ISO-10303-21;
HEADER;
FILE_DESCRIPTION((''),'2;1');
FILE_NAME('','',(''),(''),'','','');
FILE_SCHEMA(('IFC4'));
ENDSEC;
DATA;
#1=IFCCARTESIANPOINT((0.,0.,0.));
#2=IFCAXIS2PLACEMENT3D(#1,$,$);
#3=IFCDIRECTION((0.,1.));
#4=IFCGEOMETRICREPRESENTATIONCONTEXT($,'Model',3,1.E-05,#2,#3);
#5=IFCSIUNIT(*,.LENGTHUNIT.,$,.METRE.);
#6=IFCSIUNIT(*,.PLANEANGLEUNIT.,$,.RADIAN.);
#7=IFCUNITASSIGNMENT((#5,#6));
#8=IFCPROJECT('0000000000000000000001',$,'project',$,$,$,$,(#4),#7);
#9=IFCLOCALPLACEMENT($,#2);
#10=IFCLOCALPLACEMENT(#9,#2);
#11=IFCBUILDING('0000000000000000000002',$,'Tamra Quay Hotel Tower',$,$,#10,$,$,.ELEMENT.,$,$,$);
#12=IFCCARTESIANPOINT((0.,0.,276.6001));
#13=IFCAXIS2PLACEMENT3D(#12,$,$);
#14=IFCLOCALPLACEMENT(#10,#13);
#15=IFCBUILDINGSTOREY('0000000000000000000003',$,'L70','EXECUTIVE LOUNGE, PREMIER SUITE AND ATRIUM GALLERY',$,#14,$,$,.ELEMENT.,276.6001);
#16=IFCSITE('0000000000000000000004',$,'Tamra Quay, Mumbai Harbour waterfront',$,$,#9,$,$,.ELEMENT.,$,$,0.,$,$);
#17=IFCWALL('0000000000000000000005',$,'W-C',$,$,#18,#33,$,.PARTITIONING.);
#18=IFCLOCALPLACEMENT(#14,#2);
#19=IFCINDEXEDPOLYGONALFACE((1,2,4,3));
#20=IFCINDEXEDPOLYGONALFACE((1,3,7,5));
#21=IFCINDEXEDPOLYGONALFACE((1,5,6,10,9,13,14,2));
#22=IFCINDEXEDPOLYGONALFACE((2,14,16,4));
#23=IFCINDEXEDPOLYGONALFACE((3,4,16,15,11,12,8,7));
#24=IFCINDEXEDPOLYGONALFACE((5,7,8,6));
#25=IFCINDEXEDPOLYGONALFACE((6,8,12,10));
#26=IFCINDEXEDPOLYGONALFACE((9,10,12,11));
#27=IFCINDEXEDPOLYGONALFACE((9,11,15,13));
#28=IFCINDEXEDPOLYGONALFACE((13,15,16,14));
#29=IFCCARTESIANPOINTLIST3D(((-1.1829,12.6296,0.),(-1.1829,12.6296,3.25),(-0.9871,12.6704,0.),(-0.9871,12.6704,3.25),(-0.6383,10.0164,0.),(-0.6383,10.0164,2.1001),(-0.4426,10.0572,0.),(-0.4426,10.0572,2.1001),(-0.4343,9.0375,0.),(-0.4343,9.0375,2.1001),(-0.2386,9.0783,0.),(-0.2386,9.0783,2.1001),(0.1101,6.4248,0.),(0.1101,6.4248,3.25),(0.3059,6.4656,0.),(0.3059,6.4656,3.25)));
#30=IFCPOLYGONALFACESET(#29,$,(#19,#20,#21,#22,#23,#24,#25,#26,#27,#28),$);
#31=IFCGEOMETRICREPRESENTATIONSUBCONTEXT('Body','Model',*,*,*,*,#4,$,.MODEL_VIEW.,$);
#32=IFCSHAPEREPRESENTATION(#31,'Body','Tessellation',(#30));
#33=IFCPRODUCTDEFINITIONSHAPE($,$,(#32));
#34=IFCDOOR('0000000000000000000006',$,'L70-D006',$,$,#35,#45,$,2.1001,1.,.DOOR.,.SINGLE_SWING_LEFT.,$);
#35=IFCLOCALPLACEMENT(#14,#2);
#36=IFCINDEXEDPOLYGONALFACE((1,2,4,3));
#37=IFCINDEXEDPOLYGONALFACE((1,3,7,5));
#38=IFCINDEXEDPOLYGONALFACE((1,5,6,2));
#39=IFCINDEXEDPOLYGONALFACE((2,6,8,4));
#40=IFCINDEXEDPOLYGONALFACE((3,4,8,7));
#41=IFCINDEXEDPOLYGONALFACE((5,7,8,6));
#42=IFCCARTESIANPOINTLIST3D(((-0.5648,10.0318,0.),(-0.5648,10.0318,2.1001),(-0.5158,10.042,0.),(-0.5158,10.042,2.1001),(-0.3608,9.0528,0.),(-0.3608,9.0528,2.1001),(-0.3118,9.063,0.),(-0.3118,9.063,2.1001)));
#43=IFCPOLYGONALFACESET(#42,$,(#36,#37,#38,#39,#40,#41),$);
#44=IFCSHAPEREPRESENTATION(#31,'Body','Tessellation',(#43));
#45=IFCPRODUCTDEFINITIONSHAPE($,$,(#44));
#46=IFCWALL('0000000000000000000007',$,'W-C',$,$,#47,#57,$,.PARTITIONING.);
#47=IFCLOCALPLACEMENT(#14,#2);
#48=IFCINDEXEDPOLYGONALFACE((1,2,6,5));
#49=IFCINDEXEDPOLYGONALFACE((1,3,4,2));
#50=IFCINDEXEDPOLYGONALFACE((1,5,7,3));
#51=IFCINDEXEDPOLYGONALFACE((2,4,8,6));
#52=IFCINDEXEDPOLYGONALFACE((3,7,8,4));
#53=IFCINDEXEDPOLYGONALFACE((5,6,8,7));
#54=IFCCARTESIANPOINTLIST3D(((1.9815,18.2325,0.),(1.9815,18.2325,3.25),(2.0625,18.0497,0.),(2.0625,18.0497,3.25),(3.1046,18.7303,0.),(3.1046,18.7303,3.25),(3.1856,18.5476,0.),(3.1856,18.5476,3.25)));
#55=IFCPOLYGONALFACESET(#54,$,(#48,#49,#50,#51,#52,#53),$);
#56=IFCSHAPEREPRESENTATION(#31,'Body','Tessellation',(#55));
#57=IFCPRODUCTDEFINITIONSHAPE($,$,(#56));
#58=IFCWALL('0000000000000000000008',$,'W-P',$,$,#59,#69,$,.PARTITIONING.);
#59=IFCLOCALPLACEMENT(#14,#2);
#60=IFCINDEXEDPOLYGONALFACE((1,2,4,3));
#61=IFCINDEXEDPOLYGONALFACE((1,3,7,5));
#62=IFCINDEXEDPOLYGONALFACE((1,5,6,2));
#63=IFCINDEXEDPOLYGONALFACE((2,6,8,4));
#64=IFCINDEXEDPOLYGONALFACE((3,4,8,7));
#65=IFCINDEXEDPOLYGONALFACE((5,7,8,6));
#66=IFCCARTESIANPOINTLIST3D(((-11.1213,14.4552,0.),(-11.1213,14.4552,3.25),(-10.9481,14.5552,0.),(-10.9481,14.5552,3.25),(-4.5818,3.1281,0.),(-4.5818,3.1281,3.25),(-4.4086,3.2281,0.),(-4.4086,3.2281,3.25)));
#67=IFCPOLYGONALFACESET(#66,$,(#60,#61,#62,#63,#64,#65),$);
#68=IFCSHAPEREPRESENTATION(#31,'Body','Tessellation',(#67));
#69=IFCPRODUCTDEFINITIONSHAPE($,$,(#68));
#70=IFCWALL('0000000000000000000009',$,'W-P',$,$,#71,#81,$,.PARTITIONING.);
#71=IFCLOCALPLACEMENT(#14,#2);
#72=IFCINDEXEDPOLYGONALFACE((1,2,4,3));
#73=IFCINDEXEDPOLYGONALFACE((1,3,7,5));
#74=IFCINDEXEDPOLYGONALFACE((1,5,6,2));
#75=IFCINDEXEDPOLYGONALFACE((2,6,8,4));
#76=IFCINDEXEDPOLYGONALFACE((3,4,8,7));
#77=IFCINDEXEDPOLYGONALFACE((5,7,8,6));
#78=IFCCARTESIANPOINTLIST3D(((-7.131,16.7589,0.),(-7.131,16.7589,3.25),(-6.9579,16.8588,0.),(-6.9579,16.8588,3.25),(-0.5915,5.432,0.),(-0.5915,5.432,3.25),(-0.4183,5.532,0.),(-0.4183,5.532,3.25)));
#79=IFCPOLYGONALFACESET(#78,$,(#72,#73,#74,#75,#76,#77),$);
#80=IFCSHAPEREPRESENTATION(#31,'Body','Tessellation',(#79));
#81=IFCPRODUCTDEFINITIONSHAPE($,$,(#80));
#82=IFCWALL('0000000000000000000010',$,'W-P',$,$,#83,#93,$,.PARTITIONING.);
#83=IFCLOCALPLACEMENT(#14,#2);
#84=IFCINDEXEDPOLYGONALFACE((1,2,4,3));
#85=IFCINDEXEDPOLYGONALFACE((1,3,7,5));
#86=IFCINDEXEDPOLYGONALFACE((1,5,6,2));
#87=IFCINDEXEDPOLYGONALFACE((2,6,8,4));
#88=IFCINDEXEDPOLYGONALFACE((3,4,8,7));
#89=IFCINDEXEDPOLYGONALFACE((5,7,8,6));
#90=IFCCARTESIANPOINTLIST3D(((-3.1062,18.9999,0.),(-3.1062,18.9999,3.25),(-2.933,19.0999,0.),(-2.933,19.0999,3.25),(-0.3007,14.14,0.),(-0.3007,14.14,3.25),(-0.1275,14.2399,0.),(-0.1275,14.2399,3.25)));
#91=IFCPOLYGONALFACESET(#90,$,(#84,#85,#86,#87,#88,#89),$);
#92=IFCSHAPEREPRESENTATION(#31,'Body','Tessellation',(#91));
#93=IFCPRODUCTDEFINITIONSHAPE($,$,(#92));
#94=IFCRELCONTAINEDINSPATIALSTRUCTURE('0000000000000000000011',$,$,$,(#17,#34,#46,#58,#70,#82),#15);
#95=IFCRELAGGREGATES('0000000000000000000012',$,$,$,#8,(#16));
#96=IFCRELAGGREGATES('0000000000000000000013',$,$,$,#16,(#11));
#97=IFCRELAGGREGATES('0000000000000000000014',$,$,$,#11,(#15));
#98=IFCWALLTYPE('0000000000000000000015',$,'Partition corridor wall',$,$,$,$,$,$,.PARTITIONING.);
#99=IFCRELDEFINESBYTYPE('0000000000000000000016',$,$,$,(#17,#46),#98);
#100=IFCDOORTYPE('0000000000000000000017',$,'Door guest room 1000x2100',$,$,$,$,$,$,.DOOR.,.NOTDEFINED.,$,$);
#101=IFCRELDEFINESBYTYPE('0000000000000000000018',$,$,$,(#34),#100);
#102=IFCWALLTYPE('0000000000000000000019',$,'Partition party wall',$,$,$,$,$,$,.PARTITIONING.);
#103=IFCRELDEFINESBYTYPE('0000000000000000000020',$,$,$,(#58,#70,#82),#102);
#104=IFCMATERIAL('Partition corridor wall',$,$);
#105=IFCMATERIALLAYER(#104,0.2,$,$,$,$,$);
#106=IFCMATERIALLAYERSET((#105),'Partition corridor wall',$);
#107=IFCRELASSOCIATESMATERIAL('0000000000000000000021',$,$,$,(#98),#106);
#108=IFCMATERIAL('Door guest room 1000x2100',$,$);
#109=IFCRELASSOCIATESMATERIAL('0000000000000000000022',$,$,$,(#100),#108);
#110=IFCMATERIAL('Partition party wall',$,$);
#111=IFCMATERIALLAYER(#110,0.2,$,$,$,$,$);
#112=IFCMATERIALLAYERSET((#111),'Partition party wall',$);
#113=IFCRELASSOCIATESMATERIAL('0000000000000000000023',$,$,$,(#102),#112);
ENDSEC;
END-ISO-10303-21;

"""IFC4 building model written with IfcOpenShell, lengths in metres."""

from ifc_helpers import new_model, si_unit, direction, frame, frame_2d, origin, place, context, subcontext, project, spatial, rectangle, extrude, material, layer, layer_set, type_object, element, fill, save


model = new_model("IFC4")

# Units and contexts
model_context = context("Model", 3, precision=1e-05, world=origin(), true_north=direction((0.0, 1.0)))
body_context = subcontext(model_context, "Body", "Model", "MODEL_VIEW")
ifc_project = project(units=[si_unit("LENGTHUNIT", "METRE"), si_unit("PLANEANGLEUNIT", "RADIAN")], contexts=[model_context])

# Site, building, storey
site_placement = place(None, origin())
site = spatial("IfcSite", under=ifc_project, at=site_placement, Name="Tamra Quay, Mumbai Harbour waterfront", CompositionType="ELEMENT", RefElevation=0.0)
building_placement = place(site_placement, origin())
building = spatial("IfcBuilding", under=site, at=building_placement, Name="Tamra Quay Hotel Tower", CompositionType="ELEMENT")
storey_placement = place(building_placement, frame((0.0, 0.0, 276.6001)))
storey = spatial("IfcBuildingStorey", under=building, at=storey_placement, Name="L70", Description="EXECUTIVE LOUNGE, PREMIER SUITE AND ATRIUM GALLERY", CompositionType="ELEMENT", Elevation=276.6001)

# Wall, opening, door
ifc_material_1 = material(Name="Partition corridor wall")
ifc_layer_1 = layer(ifc_material_1, 0.2)
ifc_layer_set_1 = layer_set([ifc_layer_1], Name="Partition corridor wall")
wall_type_1 = type_object("IfcWallType", Name="Partition corridor wall", PredefinedType="PARTITIONING", material=ifc_layer_set_1)
ifc_material_2 = material(Name="Door guest room 1000x2100")
door_type = type_object("IfcDoorType", Name="Door guest room 1000x2100", OperationType="NOTDEFINED", PredefinedType="DOOR", material=ifc_material_2)
wall_1_placement = place(storey_placement, frame((-1.085, 12.6499, 0.0), z_axis=(0.0, 0.0, 1.0), x_axis=(0.203999, -0.978971, 0.0)))
wall_1 = element("IfcWall", 1, at=wall_1_placement, inside=storey, type_object=wall_type_1, Name="W-C", PredefinedType="PARTITIONING", context=body_context, shape_type="SweptSolid", body=[
    extrude(rectangle(XDim=6.3381, YDim=0.2, at=frame_2d((3.1689, 0.0))), origin(), (0.0, 0.0, 1.0), 3.25),
])
opening_1_placement = place(wall_1_placement, frame((2.6692, 0.0, 0.0)))
opening_1 = element("IfcOpeningElement", 2, at=opening_1_placement, cuts=wall_1, PredefinedType="OPENING", context=body_context, shape_type="SweptSolid", body=[
    extrude(rectangle(XDim=1.0, YDim=2.1001, at=frame_2d((0.5, 1.05))), frame((0.0, 0.1099, 0.0), z_axis=(0.0, -1.0, 0.0), x_axis=(1.0, 0.0, 0.0)), (0.0, 0.0, 1.0), 0.22),
])
door_1_placement = place(opening_1_placement, frame((1.0, 0.0, 0.0), z_axis=(0.0, 0.0, 1.0), x_axis=(-1.0, 0.0, 0.0)))
door_1 = element("IfcDoor", 3, at=door_1_placement, inside=storey, type_object=door_type, Name="L70-D006", OperationType="SINGLE_SWING_LEFT", OverallHeight=2.1001, OverallWidth=1.0, PredefinedType="DOOR", context=body_context, shape_type="SweptSolid", body=[
    extrude(rectangle(XDim=1.0, YDim=2.1001, at=frame_2d((0.5, 1.05))), frame((0.0, 0.0249, 0.0), z_axis=(0.0, -1.0, 0.0), x_axis=(1.0, 0.0, 0.0)), (0.0, 0.0, 1.0), 0.05),
])
fill(opening_1, door_1)

# Walls
wall_2_placement = place(storey_placement, frame((2.022, 18.1411, 0.0), z_axis=(0.0, 0.0, 1.0), x_axis=(0.914213, 0.405235, 0.0)))
element("IfcWall", 4, at=wall_2_placement, inside=storey, type_object=wall_type_1, Name="W-C", PredefinedType="PARTITIONING", context=body_context, shape_type="SweptSolid", body=[
    extrude(rectangle(XDim=1.2285, YDim=0.2, at=frame_2d((0.6143, 0.0))), origin(), (0.0, 0.0, 1.0), 3.25),
])
ifc_material_3 = material(Name="Partition party wall")
ifc_layer_2 = layer(ifc_material_3, 0.2)
ifc_layer_set_2 = layer_set([ifc_layer_2], Name="Partition party wall")
wall_type_2 = type_object("IfcWallType", Name="Partition party wall", PredefinedType="PARTITIONING", material=ifc_layer_set_2)
wall_3_placement = place(storey_placement, frame((-11.0347, 14.5051, 0.0), z_axis=(0.0, 0.0, 1.0), x_axis=(0.49999, -0.866031, 0.0)))
element("IfcWall", 5, at=wall_3_placement, inside=storey, type_object=wall_type_2, Name="W-P", PredefinedType="PARTITIONING", context=body_context, shape_type="SweptSolid", body=[
    extrude(rectangle(XDim=13.0793, YDim=0.2, at=frame_2d((6.5396, 0.0))), origin(), (0.0, 0.0, 1.0), 3.25),
])
wall_4_placement = place(storey_placement, frame((-7.0444, 16.8088, 0.0), z_axis=(0.0, 0.0, 1.0), x_axis=(0.499998, -0.866027, 0.0)))
element("IfcWall", 6, at=wall_4_placement, inside=storey, type_object=wall_type_2, Name="W-P", PredefinedType="PARTITIONING", context=body_context, shape_type="SweptSolid", body=[
    extrude(rectangle(XDim=13.0791, YDim=0.2, at=frame_2d((6.5396, 0.0))), origin(), (0.0, 0.0, 1.0), 3.25),
])
wall_5_placement = place(storey_placement, frame((-3.0195, 19.0498, 0.0), z_axis=(0.0, 0.0, 1.0), x_axis=(0.499943, -0.866058, 0.0)))
element("IfcWall", 7, at=wall_5_placement, inside=storey, type_object=wall_type_2, Name="W-P", PredefinedType="PARTITIONING", context=body_context, shape_type="SweptSolid", body=[
    extrude(rectangle(XDim=5.6116, YDim=0.2, at=frame_2d((2.8057, 0.0))), origin(), (0.0, 0.0, 1.0), 3.25),
])

save(model, "model.ifc")
